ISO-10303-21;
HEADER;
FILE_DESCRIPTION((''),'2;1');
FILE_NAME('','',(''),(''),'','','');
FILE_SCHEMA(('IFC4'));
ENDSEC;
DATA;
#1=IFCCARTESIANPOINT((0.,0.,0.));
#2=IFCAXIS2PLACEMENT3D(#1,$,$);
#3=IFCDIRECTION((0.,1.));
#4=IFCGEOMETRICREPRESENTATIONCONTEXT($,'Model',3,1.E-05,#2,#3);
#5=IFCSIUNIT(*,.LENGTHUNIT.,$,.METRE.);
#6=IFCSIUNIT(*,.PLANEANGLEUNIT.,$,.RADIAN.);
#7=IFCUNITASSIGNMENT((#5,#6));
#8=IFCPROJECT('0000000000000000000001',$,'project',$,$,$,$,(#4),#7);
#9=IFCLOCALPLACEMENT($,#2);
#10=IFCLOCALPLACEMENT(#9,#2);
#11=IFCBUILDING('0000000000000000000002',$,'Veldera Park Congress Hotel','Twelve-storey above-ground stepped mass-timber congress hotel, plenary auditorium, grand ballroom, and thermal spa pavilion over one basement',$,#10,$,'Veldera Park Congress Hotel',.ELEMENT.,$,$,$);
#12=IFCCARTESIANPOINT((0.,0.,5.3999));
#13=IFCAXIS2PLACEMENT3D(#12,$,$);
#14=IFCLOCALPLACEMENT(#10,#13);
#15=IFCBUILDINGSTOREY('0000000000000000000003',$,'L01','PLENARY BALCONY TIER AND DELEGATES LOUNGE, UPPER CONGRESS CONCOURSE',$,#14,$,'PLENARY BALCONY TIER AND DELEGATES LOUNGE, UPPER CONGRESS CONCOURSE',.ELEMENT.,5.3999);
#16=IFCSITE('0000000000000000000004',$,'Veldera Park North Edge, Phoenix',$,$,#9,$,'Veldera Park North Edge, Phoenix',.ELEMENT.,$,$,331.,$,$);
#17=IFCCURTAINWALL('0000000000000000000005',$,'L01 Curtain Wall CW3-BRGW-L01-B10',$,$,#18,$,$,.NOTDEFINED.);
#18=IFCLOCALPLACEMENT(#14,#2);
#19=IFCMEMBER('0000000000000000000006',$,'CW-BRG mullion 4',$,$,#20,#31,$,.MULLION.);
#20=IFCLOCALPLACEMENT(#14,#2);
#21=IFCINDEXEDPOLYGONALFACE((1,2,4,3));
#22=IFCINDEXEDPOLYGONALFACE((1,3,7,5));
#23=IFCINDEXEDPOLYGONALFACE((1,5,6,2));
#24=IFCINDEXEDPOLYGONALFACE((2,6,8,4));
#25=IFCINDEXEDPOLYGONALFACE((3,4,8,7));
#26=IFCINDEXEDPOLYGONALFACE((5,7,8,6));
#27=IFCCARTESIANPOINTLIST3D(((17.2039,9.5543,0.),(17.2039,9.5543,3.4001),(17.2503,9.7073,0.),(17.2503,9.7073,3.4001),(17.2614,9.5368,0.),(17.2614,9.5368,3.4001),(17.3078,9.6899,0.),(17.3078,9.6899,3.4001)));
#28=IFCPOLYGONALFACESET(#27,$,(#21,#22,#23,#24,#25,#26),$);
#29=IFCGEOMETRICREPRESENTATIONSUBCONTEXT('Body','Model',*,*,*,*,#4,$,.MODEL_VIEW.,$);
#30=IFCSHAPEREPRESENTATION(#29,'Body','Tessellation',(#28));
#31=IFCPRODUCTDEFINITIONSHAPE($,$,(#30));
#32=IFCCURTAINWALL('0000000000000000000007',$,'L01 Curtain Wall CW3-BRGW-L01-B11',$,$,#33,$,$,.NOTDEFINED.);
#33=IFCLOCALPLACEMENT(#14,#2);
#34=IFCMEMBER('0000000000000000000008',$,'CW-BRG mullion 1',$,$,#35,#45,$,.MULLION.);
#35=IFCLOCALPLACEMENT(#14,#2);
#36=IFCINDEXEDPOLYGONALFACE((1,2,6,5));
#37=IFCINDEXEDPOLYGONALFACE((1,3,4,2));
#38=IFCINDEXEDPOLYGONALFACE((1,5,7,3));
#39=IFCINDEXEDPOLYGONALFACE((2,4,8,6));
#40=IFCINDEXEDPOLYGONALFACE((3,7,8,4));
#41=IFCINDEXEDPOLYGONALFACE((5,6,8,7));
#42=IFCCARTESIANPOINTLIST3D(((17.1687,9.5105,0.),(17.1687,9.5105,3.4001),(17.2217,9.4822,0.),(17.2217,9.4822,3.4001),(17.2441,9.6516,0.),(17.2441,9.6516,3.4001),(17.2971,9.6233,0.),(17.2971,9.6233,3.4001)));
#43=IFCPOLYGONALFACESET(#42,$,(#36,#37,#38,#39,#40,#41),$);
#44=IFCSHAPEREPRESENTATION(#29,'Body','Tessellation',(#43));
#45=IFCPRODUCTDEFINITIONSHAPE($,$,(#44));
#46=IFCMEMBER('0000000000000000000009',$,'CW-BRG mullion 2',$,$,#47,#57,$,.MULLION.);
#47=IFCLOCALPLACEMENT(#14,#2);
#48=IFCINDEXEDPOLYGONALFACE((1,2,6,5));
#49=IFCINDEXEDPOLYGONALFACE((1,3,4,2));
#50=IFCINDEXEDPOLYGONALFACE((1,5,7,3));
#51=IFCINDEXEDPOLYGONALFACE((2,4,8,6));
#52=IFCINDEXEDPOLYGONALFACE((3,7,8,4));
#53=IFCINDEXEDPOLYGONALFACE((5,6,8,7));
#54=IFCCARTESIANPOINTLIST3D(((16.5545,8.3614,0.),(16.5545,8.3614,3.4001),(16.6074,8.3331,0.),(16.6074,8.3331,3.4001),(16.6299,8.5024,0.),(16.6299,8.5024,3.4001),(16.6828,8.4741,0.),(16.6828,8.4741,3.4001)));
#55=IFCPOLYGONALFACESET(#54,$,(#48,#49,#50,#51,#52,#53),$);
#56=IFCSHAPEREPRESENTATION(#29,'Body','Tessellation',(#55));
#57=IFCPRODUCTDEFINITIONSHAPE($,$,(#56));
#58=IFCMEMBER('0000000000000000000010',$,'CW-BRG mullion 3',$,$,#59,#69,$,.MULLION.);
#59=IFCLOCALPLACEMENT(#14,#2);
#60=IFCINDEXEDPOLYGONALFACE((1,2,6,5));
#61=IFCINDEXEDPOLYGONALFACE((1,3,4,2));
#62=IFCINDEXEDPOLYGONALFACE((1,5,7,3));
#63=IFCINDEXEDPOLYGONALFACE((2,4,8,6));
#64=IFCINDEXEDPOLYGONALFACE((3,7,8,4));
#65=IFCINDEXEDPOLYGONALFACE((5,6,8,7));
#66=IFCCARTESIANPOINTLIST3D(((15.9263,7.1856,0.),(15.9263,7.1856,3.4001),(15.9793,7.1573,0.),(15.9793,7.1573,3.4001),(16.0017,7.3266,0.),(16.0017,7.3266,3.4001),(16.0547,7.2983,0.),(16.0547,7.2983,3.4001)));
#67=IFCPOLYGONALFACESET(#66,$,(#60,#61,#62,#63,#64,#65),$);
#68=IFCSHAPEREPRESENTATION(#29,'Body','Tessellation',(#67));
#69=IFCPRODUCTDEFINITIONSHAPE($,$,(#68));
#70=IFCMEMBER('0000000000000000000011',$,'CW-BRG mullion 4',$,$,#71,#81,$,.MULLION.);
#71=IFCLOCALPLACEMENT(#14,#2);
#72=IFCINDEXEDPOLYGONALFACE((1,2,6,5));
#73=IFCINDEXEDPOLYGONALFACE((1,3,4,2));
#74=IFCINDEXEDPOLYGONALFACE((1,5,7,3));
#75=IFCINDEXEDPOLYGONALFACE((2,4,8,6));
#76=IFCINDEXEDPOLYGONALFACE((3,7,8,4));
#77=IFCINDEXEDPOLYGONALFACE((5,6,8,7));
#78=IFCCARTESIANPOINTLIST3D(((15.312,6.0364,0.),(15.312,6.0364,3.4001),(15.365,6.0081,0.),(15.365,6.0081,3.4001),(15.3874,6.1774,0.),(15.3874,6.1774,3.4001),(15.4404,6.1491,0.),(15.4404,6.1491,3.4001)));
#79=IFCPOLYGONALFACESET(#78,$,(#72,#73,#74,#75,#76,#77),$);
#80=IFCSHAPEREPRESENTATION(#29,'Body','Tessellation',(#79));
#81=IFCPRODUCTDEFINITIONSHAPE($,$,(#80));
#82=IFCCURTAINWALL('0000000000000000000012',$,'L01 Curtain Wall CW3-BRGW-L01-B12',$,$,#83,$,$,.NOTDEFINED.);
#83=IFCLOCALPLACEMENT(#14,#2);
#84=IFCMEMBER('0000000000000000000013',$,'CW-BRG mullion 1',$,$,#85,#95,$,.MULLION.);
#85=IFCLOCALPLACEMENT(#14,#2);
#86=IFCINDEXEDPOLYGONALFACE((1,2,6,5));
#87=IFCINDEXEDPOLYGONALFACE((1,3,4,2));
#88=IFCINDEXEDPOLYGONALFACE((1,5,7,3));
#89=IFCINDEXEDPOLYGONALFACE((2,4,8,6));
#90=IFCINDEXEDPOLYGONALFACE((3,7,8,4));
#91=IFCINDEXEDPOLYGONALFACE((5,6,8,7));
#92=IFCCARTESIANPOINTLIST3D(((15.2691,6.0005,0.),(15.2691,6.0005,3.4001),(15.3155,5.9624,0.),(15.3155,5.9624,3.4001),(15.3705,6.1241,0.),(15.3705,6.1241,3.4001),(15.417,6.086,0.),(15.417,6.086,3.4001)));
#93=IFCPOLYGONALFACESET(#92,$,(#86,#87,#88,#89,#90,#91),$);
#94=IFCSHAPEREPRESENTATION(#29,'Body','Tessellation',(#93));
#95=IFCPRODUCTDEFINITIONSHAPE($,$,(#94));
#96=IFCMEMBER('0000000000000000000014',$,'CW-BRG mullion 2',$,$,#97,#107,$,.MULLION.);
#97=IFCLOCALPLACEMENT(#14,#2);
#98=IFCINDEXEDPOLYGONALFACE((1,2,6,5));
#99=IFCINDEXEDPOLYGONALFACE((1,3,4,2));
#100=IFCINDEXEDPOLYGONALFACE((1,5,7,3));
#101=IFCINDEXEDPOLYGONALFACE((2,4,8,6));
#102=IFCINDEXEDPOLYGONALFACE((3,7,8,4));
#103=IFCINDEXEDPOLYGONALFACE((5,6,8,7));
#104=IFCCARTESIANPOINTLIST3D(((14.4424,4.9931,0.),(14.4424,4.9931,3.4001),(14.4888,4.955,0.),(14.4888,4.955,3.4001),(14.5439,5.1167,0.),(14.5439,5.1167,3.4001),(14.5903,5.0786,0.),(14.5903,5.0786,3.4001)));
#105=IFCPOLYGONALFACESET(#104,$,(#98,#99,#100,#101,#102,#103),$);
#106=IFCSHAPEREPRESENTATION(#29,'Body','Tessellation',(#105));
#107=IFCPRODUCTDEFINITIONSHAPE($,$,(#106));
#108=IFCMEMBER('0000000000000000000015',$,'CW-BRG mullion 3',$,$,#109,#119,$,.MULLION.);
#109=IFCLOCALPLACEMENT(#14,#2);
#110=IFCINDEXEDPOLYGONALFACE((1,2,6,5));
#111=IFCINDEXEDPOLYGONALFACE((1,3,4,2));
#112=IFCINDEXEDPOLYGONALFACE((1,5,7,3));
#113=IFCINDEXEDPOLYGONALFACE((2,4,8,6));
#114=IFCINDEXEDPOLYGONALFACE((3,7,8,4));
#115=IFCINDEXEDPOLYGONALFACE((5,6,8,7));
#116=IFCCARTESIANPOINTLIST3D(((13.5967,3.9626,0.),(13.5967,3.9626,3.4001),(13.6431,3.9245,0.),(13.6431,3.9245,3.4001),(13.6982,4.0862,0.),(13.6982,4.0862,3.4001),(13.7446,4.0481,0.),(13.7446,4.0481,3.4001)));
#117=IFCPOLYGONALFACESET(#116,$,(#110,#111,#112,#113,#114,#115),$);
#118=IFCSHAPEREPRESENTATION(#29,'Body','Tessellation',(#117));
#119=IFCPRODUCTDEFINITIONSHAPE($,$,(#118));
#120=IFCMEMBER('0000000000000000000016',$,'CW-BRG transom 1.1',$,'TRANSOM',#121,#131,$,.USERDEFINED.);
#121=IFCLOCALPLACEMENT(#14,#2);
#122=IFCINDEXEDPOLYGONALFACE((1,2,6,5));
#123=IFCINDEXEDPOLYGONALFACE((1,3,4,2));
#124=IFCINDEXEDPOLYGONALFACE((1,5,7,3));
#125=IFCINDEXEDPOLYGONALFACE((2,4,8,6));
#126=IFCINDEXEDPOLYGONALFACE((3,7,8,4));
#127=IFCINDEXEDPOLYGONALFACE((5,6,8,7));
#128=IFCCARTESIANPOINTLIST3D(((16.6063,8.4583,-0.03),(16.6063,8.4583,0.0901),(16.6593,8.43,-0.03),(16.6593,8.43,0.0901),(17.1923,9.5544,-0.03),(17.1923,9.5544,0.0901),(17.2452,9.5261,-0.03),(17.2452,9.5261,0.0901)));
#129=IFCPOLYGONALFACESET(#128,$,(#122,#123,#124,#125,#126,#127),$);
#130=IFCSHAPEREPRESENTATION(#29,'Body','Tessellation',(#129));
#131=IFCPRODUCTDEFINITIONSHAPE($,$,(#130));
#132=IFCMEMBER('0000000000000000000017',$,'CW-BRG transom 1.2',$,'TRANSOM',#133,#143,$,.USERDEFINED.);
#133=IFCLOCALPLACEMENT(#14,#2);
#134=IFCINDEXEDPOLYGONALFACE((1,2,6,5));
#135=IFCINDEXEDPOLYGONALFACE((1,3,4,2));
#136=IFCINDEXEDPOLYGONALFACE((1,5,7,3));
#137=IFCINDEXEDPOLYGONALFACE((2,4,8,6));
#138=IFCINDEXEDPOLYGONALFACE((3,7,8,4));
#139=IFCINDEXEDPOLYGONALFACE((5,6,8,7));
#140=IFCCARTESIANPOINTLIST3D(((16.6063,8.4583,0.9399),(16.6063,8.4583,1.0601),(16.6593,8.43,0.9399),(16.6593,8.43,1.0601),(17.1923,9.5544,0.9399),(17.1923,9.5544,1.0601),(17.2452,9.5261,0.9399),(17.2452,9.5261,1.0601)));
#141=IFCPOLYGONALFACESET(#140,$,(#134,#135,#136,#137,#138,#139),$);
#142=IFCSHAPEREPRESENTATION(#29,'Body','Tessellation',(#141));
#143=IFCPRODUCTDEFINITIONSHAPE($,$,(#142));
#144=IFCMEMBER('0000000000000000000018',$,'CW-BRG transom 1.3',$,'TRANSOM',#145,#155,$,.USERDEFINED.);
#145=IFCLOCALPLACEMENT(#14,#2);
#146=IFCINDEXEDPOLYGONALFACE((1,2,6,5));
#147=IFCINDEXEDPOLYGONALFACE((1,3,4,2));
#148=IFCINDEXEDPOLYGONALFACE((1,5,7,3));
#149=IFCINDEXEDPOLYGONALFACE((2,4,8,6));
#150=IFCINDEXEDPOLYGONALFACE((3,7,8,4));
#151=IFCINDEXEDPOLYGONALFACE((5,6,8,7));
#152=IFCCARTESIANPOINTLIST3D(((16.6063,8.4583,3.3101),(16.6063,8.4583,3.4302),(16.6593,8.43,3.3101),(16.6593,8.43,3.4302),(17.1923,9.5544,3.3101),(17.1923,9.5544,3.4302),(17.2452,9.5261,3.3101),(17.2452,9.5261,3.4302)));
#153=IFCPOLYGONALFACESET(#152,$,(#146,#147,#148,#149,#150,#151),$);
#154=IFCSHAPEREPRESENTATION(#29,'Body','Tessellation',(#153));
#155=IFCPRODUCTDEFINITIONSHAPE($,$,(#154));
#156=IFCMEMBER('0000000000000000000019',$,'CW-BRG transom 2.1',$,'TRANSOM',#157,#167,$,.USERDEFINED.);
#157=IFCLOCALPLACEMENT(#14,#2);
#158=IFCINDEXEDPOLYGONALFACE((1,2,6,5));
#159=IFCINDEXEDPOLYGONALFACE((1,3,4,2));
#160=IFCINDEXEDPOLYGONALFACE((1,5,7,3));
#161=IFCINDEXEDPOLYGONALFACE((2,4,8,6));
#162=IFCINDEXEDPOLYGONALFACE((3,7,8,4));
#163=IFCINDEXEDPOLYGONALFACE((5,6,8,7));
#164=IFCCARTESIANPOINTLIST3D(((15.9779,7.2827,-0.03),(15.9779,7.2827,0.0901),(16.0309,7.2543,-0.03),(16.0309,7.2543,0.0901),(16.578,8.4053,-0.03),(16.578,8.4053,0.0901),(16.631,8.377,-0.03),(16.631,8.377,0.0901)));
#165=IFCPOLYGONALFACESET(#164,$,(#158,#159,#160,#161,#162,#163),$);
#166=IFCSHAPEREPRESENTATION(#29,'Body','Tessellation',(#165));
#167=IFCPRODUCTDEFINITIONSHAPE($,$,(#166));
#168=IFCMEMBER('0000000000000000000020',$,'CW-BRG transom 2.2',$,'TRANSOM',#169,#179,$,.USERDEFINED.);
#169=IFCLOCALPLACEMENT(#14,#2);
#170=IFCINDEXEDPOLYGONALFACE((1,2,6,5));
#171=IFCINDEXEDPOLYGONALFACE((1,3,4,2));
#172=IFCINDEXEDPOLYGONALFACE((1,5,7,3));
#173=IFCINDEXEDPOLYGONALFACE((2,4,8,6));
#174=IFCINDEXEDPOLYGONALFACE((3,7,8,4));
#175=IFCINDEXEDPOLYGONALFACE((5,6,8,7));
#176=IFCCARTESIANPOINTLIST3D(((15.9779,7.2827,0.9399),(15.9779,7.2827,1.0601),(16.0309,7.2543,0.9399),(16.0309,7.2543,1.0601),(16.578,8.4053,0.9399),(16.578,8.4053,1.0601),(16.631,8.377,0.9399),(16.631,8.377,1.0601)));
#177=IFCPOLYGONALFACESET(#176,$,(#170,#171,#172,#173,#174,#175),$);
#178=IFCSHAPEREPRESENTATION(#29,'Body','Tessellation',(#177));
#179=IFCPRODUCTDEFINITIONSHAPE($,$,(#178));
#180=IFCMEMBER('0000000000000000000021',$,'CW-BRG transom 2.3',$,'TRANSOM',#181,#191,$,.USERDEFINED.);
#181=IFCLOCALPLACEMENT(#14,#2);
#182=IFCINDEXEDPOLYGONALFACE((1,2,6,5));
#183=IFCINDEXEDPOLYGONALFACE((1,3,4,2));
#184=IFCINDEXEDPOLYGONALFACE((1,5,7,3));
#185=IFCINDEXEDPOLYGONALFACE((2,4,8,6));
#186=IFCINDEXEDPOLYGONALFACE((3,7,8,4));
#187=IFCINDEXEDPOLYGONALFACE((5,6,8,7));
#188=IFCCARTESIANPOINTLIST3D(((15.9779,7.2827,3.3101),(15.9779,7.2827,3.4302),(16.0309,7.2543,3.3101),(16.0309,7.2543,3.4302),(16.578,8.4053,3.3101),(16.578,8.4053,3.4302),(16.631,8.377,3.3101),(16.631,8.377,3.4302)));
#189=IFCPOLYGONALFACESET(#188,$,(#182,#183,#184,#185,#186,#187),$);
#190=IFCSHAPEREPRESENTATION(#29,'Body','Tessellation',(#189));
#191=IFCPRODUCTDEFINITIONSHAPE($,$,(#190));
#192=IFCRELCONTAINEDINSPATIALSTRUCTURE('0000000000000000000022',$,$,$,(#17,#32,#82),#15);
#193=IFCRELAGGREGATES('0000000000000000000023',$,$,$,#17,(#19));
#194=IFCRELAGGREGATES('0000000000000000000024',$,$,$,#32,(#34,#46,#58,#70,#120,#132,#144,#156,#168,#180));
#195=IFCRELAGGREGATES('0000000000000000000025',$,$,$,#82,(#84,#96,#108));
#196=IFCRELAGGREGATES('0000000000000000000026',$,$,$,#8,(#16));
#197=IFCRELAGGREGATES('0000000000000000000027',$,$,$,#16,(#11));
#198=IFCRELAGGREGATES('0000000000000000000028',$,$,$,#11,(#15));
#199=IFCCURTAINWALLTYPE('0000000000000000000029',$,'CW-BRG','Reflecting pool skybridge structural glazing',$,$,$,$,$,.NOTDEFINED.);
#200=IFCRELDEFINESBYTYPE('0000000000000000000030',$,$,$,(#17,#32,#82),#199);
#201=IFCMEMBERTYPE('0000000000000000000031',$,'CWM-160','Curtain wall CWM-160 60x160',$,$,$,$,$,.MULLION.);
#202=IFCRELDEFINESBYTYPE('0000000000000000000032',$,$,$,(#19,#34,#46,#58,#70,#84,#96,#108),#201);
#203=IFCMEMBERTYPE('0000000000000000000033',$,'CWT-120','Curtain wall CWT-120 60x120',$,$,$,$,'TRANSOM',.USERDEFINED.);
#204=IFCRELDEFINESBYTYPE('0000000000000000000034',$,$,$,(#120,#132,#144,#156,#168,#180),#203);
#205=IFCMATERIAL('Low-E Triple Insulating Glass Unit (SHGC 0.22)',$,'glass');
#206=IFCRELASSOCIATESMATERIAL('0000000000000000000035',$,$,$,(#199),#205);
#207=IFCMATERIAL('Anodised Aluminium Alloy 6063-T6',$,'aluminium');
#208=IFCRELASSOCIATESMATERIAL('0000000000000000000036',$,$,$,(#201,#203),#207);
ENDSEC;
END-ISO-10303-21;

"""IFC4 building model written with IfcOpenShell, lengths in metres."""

from ifc_helpers import new_model, si_unit, direction, frame, origin, origin_2d, place, context, subcontext, project, spatial, rectangle, extrude, material, material_profile, profile_set, type_object, element, aggregate, save


model = new_model("IFC4")

# Units and contexts
model_context = context("Model", 3, precision=1e-05, world=origin(), true_north=direction((0.0, 1.0)))
body_context = subcontext(model_context, "Body", "Model", "MODEL_VIEW")
ifc_project = project(units=[si_unit("LENGTHUNIT", "METRE"), si_unit("PLANEANGLEUNIT", "RADIAN")], contexts=[model_context])

# Site, building, storey
site_placement = place(None, origin())
site = spatial("IfcSite", under=ifc_project, at=site_placement, Name="Veldera Park North Edge, Phoenix", LongName="Veldera Park North Edge, Phoenix", CompositionType="ELEMENT", RefElevation=331.0)
building_placement = place(site_placement, origin())
building = spatial("IfcBuilding", under=site, at=building_placement, Name="Veldera Park Congress Hotel", Description="Twelve-storey above-ground stepped mass-timber congress hotel, plenary auditorium, grand ballroom, and thermal spa pavilion over one basement", LongName="Veldera Park Congress Hotel", CompositionType="ELEMENT")
storey_placement = place(building_placement, frame((0.0, 0.0, 5.3999)))
storey = spatial("IfcBuildingStorey", under=building, at=storey_placement, Name="L01", Description="PLENARY BALCONY TIER AND DELEGATES LOUNGE, UPPER CONGRESS CONCOURSE", LongName="PLENARY BALCONY TIER AND DELEGATES LOUNGE, UPPER CONGRESS CONCOURSE", CompositionType="ELEMENT", Elevation=5.3999)

# Curtain wall, member
ifc_material_1 = material(Name="Low-E Triple Insulating Glass Unit (SHGC 0.22)", Category="glass")
curtain_wall_type = type_object("IfcCurtainWallType", Name="CW-BRG", Description="Reflecting pool skybridge structural glazing", PredefinedType="NOTDEFINED", material=ifc_material_1)
curtain_wall_1_placement = place(storey_placement, origin())
curtain_wall_1 = element("IfcCurtainWall", 1, at=curtain_wall_1_placement, inside=storey, type_object=curtain_wall_type, Name="L01 Curtain Wall CW3-BRGW-L01-B10", PredefinedType="NOTDEFINED")
ifc_material_2 = material(Name="Anodised Aluminium Alloy 6063-T6", Category="aluminium")
ifc_material_profile_1 = material_profile(ifc_material_2, rectangle(XDim=0.0601, YDim=0.1599, at=origin_2d()), Name="ALU 60x160")
ifc_profile_set_1 = profile_set([ifc_material_profile_1], Name="Anodised Aluminium Alloy 6063-T6")
member_type_1 = type_object("IfcMemberType", Name="CWM-160", Description="Curtain wall CWM-160 60x160", PredefinedType="MULLION", material=ifc_profile_set_1)
member_1_placement = place(storey_placement, frame((17.2559, 9.6221, 0.0), z_axis=(0.0, 0.0, 1.0), x_axis=(0.956939, -0.29029, 0.0)))
member_1 = element("IfcMember", 2, at=member_1_placement, type_object=member_type_1, Name="CW-BRG mullion 4", PredefinedType="MULLION", context=body_context, shape_type="SweptSolid", body=[
    extrude(rectangle(XDim=0.0601, YDim=0.1599, at=origin_2d()), origin(), (0.0, 0.0, 1.0), 3.4001),
])

# Curtain walls, members
curtain_wall_2_placement = place(storey_placement, origin())
curtain_wall_2 = element("IfcCurtainWall", 3, at=curtain_wall_2_placement, inside=storey, type_object=curtain_wall_type, Name="L01 Curtain Wall CW3-BRGW-L01-B11", PredefinedType="NOTDEFINED")
member_2_placement = place(storey_placement, frame((17.2329, 9.5669, 0.0), z_axis=(0.0, 0.0, 1.0), x_axis=(0.881928, -0.471384, 0.0)))
member_2 = element("IfcMember", 4, at=member_2_placement, type_object=member_type_1, Name="CW-BRG mullion 1", PredefinedType="MULLION", context=body_context, shape_type="SweptSolid", body=[
    extrude(rectangle(XDim=0.0601, YDim=0.1599, at=origin_2d()), origin(), (0.0, 0.0, 1.0), 3.4001),
])
member_3_placement = place(storey_placement, frame((16.6187, 8.4177, 0.0), z_axis=(0.0, 0.0, 1.0), x_axis=(0.881928, -0.471384, 0.0)))
member_3 = element("IfcMember", 5, at=member_3_placement, type_object=member_type_1, Name="CW-BRG mullion 2", PredefinedType="MULLION", context=body_context, shape_type="SweptSolid", body=[
    extrude(rectangle(XDim=0.0601, YDim=0.1599, at=origin_2d()), origin(), (0.0, 0.0, 1.0), 3.4001),
])
member_4_placement = place(storey_placement, frame((15.9905, 7.2419, 0.0), z_axis=(0.0, 0.0, 1.0), x_axis=(0.881928, -0.471384, 0.0)))
member_4 = element("IfcMember", 6, at=member_4_placement, type_object=member_type_1, Name="CW-BRG mullion 3", PredefinedType="MULLION", context=body_context, shape_type="SweptSolid", body=[
    extrude(rectangle(XDim=0.0601, YDim=0.1599, at=origin_2d()), origin(), (0.0, 0.0, 1.0), 3.4001),
])
member_5_placement = place(storey_placement, frame((15.3762, 6.0928, 0.0), z_axis=(0.0, 0.0, 1.0), x_axis=(0.881928, -0.471384, 0.0)))
member_5 = element("IfcMember", 7, at=member_5_placement, type_object=member_type_1, Name="CW-BRG mullion 4", PredefinedType="MULLION", context=body_context, shape_type="SweptSolid", body=[
    extrude(rectangle(XDim=0.0601, YDim=0.1599, at=origin_2d()), origin(), (0.0, 0.0, 1.0), 3.4001),
])
curtain_wall_3_placement = place(storey_placement, origin())
curtain_wall_3 = element("IfcCurtainWall", 8, at=curtain_wall_3_placement, inside=storey, type_object=curtain_wall_type, Name="L01 Curtain Wall CW3-BRGW-L01-B12", PredefinedType="NOTDEFINED")
member_6_placement = place(storey_placement, frame((15.343, 6.0432, 0.0), z_axis=(0.0, 0.0, 1.0), x_axis=(0.773016, -0.634386, 0.0)))
member_6 = element("IfcMember", 9, at=member_6_placement, type_object=member_type_1, Name="CW-BRG mullion 1", PredefinedType="MULLION", context=body_context, shape_type="SweptSolid", body=[
    extrude(rectangle(XDim=0.0601, YDim=0.1599, at=origin_2d()), origin(), (0.0, 0.0, 1.0), 3.4001),
])
member_7_placement = place(storey_placement, frame((14.5164, 5.0359, 0.0), z_axis=(0.0, 0.0, 1.0), x_axis=(0.773016, -0.634386, 0.0)))
member_7 = element("IfcMember", 10, at=member_7_placement, type_object=member_type_1, Name="CW-BRG mullion 2", PredefinedType="MULLION", context=body_context, shape_type="SweptSolid", body=[
    extrude(rectangle(XDim=0.0601, YDim=0.1599, at=origin_2d()), origin(), (0.0, 0.0, 1.0), 3.4001),
])
member_8_placement = place(storey_placement, frame((13.6707, 4.0054, 0.0), z_axis=(0.0, 0.0, 1.0), x_axis=(0.773016, -0.634386, 0.0)))
member_8 = element("IfcMember", 11, at=member_8_placement, type_object=member_type_1, Name="CW-BRG mullion 3", PredefinedType="MULLION", context=body_context, shape_type="SweptSolid", body=[
    extrude(rectangle(XDim=0.0601, YDim=0.1599, at=origin_2d()), origin(), (0.0, 0.0, 1.0), 3.4001),
])

# Members
ifc_material_profile_2 = material_profile(ifc_material_2, rectangle(XDim=0.0601, YDim=0.1201, at=origin_2d()), Name="ALU 60x120")
ifc_profile_set_2 = profile_set([ifc_material_profile_2], Name="Anodised Aluminium Alloy 6063-T6")
member_type_2 = type_object("IfcMemberType", Name="CWT-120", Description="Curtain wall CWT-120 60x120", ElementType="TRANSOM", PredefinedType="USERDEFINED", material=ifc_profile_set_2)
member_9_placement = place(storey_placement, frame((17.2188, 9.5403, 0.03), z_axis=(-0.471404, -0.881918, 0.0), x_axis=(0.881918, -0.471404, 0.0)))
member_9 = element("IfcMember", 12, at=member_9_placement, type_object=member_type_2, Name="CW-BRG transom 1.1", ObjectType="TRANSOM", PredefinedType="USERDEFINED", context=body_context, shape_type="SweptSolid", body=[
    extrude(rectangle(XDim=0.0601, YDim=0.1201, at=origin_2d()), origin(), (0.0, 0.0, 1.0), 1.2429),
])
member_10_placement = place(storey_placement, frame((17.2188, 9.5403, 1.0), z_axis=(-0.471404, -0.881918, 0.0), x_axis=(0.881918, -0.471404, 0.0)))
member_10 = element("IfcMember", 13, at=member_10_placement, type_object=member_type_2, Name="CW-BRG transom 1.2", ObjectType="TRANSOM", PredefinedType="USERDEFINED", context=body_context, shape_type="SweptSolid", body=[
    extrude(rectangle(XDim=0.0601, YDim=0.1201, at=origin_2d()), origin(), (0.0, 0.0, 1.0), 1.2429),
])
member_11_placement = place(storey_placement, frame((17.2188, 9.5403, 3.3701), z_axis=(-0.471404, -0.881918, 0.0), x_axis=(0.881918, -0.471404, 0.0)))
member_11 = element("IfcMember", 14, at=member_11_placement, type_object=member_type_2, Name="CW-BRG transom 1.3", ObjectType="TRANSOM", PredefinedType="USERDEFINED", context=body_context, shape_type="SweptSolid", body=[
    extrude(rectangle(XDim=0.0601, YDim=0.1201, at=origin_2d()), origin(), (0.0, 0.0, 1.0), 1.2429),
])
member_12_placement = place(storey_placement, frame((16.6045, 8.3911, 0.03), z_axis=(-0.471444, -0.881896, 0.0), x_axis=(0.881896, -0.471444, 0.0)))
member_12 = element("IfcMember", 15, at=member_12_placement, type_object=member_type_2, Name="CW-BRG transom 2.1", ObjectType="TRANSOM", PredefinedType="USERDEFINED", context=body_context, shape_type="SweptSolid", body=[
    extrude(rectangle(XDim=0.0601, YDim=0.1201, at=origin_2d()), origin(), (0.0, 0.0, 1.0), 1.2729),
])
member_13_placement = place(storey_placement, frame((16.6045, 8.3911, 1.0), z_axis=(-0.471444, -0.881896, 0.0), x_axis=(0.881896, -0.471444, 0.0)))
member_13 = element("IfcMember", 16, at=member_13_placement, type_object=member_type_2, Name="CW-BRG transom 2.2", ObjectType="TRANSOM", PredefinedType="USERDEFINED", context=body_context, shape_type="SweptSolid", body=[
    extrude(rectangle(XDim=0.0601, YDim=0.1201, at=origin_2d()), origin(), (0.0, 0.0, 1.0), 1.2729),
])
member_14_placement = place(storey_placement, frame((16.6045, 8.3911, 3.3701), z_axis=(-0.471444, -0.881896, 0.0), x_axis=(0.881896, -0.471444, 0.0)))
member_14 = element("IfcMember", 17, at=member_14_placement, type_object=member_type_2, Name="CW-BRG transom 2.3", ObjectType="TRANSOM", PredefinedType="USERDEFINED", context=body_context, shape_type="SweptSolid", body=[
    extrude(rectangle(XDim=0.0601, YDim=0.1201, at=origin_2d()), origin(), (0.0, 0.0, 1.0), 1.2729),
])

aggregate(curtain_wall_1, [member_1])
aggregate(curtain_wall_2, [member_2, member_3, member_4, member_5, member_9, member_10, member_11, member_12, member_13, member_14])
aggregate(curtain_wall_3, [member_6, member_7, member_8])

save(model, "model.ifc")
